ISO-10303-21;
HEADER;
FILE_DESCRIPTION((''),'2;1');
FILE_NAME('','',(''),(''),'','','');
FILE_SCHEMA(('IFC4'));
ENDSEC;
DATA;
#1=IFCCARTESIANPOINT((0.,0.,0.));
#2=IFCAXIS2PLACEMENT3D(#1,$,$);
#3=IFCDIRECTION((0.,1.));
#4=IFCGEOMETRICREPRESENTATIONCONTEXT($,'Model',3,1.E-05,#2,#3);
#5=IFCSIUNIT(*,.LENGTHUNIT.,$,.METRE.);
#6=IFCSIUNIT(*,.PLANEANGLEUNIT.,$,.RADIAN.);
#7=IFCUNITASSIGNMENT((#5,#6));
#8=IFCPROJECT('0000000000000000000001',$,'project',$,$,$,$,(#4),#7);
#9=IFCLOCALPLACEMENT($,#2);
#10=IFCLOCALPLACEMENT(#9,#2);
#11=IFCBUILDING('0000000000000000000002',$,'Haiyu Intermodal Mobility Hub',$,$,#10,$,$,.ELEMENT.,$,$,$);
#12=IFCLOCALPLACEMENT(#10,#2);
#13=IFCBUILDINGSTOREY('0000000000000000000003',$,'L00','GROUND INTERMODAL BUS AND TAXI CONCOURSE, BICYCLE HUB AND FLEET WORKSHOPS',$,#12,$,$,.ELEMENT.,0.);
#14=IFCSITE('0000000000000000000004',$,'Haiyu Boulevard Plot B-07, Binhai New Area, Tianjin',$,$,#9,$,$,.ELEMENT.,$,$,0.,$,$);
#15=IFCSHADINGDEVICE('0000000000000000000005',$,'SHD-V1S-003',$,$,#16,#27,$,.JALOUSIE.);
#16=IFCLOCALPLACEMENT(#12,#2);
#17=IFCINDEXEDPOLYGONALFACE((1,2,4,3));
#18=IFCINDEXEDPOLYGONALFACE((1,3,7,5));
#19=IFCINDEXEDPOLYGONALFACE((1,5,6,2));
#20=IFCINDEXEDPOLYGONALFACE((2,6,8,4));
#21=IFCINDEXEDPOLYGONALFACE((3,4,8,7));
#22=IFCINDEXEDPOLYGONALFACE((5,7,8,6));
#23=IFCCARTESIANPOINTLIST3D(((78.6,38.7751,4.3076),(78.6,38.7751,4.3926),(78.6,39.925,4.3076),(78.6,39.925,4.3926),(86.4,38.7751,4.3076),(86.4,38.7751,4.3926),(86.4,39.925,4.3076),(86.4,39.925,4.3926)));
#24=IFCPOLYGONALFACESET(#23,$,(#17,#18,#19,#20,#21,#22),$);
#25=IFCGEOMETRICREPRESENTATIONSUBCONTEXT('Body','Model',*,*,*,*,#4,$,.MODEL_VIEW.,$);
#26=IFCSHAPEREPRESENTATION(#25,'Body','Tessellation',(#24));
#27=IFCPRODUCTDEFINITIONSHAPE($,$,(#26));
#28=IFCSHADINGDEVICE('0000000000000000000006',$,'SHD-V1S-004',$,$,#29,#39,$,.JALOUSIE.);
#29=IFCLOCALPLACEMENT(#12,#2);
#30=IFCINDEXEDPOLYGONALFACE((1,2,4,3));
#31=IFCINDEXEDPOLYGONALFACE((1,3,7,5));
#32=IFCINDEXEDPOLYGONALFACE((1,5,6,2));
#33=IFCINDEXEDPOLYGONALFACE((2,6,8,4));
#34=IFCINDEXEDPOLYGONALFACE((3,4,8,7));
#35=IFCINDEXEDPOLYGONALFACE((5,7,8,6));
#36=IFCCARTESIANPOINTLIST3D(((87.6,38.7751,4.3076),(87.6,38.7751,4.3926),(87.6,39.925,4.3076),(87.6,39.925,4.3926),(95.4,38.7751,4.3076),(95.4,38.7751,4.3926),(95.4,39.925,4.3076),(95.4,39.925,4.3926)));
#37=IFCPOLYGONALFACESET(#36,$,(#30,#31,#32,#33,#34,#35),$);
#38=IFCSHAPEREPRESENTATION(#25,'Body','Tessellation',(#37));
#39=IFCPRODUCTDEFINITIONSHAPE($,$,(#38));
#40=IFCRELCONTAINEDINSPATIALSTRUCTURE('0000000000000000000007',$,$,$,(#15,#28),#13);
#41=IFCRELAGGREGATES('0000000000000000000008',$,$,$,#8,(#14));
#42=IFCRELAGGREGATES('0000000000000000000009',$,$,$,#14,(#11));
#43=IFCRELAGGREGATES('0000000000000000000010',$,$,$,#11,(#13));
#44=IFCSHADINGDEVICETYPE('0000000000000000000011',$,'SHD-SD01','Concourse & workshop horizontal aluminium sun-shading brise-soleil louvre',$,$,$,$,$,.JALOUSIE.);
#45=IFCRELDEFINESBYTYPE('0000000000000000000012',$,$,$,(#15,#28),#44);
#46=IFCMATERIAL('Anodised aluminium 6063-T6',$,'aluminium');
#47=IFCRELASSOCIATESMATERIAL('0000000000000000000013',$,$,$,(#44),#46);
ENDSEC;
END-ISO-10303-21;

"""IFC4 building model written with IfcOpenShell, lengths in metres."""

from ifc_helpers import new_model, si_unit, direction, frame, origin, origin_2d, place, context, subcontext, project, spatial, rectangle, extrude, material, material_profile, profile_set, type_object, element, save


model = new_model("IFC4")

# Units and contexts
model_context = context("Model", 3, precision=1e-05, world=origin(), true_north=direction((0.0, 1.0)))
body_context = subcontext(model_context, "Body", "Model", "MODEL_VIEW")
ifc_project = project(units=[si_unit("LENGTHUNIT", "METRE"), si_unit("PLANEANGLEUNIT", "RADIAN")], contexts=[model_context])

# Site, building, storey
site_placement = place(None, origin())
site = spatial("IfcSite", under=ifc_project, at=site_placement, Name="Haiyu Boulevard Plot B-07, Binhai New Area, Tianjin", CompositionType="ELEMENT", RefElevation=0.0)
building_placement = place(site_placement, origin())
building = spatial("IfcBuilding", under=site, at=building_placement, Name="Haiyu Intermodal Mobility Hub", CompositionType="ELEMENT")
storey_placement = place(building_placement, origin())
storey = spatial("IfcBuildingStorey", under=building, at=storey_placement, Name="L00", Description="GROUND INTERMODAL BUS AND TAXI CONCOURSE, BICYCLE HUB AND FLEET WORKSHOPS", CompositionType="ELEMENT", Elevation=0.0)

# Shading devices
ifc_material_1 = material(Name="Anodised aluminium 6063-T6", Category="aluminium")
ifc_material_profile_1 = material_profile(ifc_material_1, rectangle(XDim=0.0801, YDim=0.45, at=origin_2d()), Name="FIN80x450")
ifc_profile_set_1 = profile_set([ifc_material_profile_1], Name="Anodised aluminium 6063-T6")
shading_device_type = type_object("IfcShadingDeviceType", Name="SHD-SD01", Description="Concourse & workshop horizontal aluminium sun-shading brise-soleil louvre", PredefinedType="JALOUSIE", material=ifc_profile_set_1)
for number, where, z_axis, x_axis, name in (
    (1, (82.5, 39.3501, 4.3076), (0.0, 0.0, 1.0), (1.0, 0.0, 0.0), "SHD-V1S-003"),
    (2, (91.5, 39.3501, 4.3076), (0.0, 0.0, 1.0), (1.0, 0.0, 0.0), "SHD-V1S-004"),
):
    element("IfcShadingDevice", number, at=place(storey_placement, frame(where, z_axis=z_axis, x_axis=x_axis)), inside=storey, type_object=shading_device_type, Name=name, PredefinedType="JALOUSIE", context=body_context, shape_type="SweptSolid", body=[
        extrude(rectangle(XDim=7.8, YDim=1.1499, at=origin_2d()), origin(), (0.0, 0.0, 1.0), 0.085),
    ])

save(model, "model.ifc")
